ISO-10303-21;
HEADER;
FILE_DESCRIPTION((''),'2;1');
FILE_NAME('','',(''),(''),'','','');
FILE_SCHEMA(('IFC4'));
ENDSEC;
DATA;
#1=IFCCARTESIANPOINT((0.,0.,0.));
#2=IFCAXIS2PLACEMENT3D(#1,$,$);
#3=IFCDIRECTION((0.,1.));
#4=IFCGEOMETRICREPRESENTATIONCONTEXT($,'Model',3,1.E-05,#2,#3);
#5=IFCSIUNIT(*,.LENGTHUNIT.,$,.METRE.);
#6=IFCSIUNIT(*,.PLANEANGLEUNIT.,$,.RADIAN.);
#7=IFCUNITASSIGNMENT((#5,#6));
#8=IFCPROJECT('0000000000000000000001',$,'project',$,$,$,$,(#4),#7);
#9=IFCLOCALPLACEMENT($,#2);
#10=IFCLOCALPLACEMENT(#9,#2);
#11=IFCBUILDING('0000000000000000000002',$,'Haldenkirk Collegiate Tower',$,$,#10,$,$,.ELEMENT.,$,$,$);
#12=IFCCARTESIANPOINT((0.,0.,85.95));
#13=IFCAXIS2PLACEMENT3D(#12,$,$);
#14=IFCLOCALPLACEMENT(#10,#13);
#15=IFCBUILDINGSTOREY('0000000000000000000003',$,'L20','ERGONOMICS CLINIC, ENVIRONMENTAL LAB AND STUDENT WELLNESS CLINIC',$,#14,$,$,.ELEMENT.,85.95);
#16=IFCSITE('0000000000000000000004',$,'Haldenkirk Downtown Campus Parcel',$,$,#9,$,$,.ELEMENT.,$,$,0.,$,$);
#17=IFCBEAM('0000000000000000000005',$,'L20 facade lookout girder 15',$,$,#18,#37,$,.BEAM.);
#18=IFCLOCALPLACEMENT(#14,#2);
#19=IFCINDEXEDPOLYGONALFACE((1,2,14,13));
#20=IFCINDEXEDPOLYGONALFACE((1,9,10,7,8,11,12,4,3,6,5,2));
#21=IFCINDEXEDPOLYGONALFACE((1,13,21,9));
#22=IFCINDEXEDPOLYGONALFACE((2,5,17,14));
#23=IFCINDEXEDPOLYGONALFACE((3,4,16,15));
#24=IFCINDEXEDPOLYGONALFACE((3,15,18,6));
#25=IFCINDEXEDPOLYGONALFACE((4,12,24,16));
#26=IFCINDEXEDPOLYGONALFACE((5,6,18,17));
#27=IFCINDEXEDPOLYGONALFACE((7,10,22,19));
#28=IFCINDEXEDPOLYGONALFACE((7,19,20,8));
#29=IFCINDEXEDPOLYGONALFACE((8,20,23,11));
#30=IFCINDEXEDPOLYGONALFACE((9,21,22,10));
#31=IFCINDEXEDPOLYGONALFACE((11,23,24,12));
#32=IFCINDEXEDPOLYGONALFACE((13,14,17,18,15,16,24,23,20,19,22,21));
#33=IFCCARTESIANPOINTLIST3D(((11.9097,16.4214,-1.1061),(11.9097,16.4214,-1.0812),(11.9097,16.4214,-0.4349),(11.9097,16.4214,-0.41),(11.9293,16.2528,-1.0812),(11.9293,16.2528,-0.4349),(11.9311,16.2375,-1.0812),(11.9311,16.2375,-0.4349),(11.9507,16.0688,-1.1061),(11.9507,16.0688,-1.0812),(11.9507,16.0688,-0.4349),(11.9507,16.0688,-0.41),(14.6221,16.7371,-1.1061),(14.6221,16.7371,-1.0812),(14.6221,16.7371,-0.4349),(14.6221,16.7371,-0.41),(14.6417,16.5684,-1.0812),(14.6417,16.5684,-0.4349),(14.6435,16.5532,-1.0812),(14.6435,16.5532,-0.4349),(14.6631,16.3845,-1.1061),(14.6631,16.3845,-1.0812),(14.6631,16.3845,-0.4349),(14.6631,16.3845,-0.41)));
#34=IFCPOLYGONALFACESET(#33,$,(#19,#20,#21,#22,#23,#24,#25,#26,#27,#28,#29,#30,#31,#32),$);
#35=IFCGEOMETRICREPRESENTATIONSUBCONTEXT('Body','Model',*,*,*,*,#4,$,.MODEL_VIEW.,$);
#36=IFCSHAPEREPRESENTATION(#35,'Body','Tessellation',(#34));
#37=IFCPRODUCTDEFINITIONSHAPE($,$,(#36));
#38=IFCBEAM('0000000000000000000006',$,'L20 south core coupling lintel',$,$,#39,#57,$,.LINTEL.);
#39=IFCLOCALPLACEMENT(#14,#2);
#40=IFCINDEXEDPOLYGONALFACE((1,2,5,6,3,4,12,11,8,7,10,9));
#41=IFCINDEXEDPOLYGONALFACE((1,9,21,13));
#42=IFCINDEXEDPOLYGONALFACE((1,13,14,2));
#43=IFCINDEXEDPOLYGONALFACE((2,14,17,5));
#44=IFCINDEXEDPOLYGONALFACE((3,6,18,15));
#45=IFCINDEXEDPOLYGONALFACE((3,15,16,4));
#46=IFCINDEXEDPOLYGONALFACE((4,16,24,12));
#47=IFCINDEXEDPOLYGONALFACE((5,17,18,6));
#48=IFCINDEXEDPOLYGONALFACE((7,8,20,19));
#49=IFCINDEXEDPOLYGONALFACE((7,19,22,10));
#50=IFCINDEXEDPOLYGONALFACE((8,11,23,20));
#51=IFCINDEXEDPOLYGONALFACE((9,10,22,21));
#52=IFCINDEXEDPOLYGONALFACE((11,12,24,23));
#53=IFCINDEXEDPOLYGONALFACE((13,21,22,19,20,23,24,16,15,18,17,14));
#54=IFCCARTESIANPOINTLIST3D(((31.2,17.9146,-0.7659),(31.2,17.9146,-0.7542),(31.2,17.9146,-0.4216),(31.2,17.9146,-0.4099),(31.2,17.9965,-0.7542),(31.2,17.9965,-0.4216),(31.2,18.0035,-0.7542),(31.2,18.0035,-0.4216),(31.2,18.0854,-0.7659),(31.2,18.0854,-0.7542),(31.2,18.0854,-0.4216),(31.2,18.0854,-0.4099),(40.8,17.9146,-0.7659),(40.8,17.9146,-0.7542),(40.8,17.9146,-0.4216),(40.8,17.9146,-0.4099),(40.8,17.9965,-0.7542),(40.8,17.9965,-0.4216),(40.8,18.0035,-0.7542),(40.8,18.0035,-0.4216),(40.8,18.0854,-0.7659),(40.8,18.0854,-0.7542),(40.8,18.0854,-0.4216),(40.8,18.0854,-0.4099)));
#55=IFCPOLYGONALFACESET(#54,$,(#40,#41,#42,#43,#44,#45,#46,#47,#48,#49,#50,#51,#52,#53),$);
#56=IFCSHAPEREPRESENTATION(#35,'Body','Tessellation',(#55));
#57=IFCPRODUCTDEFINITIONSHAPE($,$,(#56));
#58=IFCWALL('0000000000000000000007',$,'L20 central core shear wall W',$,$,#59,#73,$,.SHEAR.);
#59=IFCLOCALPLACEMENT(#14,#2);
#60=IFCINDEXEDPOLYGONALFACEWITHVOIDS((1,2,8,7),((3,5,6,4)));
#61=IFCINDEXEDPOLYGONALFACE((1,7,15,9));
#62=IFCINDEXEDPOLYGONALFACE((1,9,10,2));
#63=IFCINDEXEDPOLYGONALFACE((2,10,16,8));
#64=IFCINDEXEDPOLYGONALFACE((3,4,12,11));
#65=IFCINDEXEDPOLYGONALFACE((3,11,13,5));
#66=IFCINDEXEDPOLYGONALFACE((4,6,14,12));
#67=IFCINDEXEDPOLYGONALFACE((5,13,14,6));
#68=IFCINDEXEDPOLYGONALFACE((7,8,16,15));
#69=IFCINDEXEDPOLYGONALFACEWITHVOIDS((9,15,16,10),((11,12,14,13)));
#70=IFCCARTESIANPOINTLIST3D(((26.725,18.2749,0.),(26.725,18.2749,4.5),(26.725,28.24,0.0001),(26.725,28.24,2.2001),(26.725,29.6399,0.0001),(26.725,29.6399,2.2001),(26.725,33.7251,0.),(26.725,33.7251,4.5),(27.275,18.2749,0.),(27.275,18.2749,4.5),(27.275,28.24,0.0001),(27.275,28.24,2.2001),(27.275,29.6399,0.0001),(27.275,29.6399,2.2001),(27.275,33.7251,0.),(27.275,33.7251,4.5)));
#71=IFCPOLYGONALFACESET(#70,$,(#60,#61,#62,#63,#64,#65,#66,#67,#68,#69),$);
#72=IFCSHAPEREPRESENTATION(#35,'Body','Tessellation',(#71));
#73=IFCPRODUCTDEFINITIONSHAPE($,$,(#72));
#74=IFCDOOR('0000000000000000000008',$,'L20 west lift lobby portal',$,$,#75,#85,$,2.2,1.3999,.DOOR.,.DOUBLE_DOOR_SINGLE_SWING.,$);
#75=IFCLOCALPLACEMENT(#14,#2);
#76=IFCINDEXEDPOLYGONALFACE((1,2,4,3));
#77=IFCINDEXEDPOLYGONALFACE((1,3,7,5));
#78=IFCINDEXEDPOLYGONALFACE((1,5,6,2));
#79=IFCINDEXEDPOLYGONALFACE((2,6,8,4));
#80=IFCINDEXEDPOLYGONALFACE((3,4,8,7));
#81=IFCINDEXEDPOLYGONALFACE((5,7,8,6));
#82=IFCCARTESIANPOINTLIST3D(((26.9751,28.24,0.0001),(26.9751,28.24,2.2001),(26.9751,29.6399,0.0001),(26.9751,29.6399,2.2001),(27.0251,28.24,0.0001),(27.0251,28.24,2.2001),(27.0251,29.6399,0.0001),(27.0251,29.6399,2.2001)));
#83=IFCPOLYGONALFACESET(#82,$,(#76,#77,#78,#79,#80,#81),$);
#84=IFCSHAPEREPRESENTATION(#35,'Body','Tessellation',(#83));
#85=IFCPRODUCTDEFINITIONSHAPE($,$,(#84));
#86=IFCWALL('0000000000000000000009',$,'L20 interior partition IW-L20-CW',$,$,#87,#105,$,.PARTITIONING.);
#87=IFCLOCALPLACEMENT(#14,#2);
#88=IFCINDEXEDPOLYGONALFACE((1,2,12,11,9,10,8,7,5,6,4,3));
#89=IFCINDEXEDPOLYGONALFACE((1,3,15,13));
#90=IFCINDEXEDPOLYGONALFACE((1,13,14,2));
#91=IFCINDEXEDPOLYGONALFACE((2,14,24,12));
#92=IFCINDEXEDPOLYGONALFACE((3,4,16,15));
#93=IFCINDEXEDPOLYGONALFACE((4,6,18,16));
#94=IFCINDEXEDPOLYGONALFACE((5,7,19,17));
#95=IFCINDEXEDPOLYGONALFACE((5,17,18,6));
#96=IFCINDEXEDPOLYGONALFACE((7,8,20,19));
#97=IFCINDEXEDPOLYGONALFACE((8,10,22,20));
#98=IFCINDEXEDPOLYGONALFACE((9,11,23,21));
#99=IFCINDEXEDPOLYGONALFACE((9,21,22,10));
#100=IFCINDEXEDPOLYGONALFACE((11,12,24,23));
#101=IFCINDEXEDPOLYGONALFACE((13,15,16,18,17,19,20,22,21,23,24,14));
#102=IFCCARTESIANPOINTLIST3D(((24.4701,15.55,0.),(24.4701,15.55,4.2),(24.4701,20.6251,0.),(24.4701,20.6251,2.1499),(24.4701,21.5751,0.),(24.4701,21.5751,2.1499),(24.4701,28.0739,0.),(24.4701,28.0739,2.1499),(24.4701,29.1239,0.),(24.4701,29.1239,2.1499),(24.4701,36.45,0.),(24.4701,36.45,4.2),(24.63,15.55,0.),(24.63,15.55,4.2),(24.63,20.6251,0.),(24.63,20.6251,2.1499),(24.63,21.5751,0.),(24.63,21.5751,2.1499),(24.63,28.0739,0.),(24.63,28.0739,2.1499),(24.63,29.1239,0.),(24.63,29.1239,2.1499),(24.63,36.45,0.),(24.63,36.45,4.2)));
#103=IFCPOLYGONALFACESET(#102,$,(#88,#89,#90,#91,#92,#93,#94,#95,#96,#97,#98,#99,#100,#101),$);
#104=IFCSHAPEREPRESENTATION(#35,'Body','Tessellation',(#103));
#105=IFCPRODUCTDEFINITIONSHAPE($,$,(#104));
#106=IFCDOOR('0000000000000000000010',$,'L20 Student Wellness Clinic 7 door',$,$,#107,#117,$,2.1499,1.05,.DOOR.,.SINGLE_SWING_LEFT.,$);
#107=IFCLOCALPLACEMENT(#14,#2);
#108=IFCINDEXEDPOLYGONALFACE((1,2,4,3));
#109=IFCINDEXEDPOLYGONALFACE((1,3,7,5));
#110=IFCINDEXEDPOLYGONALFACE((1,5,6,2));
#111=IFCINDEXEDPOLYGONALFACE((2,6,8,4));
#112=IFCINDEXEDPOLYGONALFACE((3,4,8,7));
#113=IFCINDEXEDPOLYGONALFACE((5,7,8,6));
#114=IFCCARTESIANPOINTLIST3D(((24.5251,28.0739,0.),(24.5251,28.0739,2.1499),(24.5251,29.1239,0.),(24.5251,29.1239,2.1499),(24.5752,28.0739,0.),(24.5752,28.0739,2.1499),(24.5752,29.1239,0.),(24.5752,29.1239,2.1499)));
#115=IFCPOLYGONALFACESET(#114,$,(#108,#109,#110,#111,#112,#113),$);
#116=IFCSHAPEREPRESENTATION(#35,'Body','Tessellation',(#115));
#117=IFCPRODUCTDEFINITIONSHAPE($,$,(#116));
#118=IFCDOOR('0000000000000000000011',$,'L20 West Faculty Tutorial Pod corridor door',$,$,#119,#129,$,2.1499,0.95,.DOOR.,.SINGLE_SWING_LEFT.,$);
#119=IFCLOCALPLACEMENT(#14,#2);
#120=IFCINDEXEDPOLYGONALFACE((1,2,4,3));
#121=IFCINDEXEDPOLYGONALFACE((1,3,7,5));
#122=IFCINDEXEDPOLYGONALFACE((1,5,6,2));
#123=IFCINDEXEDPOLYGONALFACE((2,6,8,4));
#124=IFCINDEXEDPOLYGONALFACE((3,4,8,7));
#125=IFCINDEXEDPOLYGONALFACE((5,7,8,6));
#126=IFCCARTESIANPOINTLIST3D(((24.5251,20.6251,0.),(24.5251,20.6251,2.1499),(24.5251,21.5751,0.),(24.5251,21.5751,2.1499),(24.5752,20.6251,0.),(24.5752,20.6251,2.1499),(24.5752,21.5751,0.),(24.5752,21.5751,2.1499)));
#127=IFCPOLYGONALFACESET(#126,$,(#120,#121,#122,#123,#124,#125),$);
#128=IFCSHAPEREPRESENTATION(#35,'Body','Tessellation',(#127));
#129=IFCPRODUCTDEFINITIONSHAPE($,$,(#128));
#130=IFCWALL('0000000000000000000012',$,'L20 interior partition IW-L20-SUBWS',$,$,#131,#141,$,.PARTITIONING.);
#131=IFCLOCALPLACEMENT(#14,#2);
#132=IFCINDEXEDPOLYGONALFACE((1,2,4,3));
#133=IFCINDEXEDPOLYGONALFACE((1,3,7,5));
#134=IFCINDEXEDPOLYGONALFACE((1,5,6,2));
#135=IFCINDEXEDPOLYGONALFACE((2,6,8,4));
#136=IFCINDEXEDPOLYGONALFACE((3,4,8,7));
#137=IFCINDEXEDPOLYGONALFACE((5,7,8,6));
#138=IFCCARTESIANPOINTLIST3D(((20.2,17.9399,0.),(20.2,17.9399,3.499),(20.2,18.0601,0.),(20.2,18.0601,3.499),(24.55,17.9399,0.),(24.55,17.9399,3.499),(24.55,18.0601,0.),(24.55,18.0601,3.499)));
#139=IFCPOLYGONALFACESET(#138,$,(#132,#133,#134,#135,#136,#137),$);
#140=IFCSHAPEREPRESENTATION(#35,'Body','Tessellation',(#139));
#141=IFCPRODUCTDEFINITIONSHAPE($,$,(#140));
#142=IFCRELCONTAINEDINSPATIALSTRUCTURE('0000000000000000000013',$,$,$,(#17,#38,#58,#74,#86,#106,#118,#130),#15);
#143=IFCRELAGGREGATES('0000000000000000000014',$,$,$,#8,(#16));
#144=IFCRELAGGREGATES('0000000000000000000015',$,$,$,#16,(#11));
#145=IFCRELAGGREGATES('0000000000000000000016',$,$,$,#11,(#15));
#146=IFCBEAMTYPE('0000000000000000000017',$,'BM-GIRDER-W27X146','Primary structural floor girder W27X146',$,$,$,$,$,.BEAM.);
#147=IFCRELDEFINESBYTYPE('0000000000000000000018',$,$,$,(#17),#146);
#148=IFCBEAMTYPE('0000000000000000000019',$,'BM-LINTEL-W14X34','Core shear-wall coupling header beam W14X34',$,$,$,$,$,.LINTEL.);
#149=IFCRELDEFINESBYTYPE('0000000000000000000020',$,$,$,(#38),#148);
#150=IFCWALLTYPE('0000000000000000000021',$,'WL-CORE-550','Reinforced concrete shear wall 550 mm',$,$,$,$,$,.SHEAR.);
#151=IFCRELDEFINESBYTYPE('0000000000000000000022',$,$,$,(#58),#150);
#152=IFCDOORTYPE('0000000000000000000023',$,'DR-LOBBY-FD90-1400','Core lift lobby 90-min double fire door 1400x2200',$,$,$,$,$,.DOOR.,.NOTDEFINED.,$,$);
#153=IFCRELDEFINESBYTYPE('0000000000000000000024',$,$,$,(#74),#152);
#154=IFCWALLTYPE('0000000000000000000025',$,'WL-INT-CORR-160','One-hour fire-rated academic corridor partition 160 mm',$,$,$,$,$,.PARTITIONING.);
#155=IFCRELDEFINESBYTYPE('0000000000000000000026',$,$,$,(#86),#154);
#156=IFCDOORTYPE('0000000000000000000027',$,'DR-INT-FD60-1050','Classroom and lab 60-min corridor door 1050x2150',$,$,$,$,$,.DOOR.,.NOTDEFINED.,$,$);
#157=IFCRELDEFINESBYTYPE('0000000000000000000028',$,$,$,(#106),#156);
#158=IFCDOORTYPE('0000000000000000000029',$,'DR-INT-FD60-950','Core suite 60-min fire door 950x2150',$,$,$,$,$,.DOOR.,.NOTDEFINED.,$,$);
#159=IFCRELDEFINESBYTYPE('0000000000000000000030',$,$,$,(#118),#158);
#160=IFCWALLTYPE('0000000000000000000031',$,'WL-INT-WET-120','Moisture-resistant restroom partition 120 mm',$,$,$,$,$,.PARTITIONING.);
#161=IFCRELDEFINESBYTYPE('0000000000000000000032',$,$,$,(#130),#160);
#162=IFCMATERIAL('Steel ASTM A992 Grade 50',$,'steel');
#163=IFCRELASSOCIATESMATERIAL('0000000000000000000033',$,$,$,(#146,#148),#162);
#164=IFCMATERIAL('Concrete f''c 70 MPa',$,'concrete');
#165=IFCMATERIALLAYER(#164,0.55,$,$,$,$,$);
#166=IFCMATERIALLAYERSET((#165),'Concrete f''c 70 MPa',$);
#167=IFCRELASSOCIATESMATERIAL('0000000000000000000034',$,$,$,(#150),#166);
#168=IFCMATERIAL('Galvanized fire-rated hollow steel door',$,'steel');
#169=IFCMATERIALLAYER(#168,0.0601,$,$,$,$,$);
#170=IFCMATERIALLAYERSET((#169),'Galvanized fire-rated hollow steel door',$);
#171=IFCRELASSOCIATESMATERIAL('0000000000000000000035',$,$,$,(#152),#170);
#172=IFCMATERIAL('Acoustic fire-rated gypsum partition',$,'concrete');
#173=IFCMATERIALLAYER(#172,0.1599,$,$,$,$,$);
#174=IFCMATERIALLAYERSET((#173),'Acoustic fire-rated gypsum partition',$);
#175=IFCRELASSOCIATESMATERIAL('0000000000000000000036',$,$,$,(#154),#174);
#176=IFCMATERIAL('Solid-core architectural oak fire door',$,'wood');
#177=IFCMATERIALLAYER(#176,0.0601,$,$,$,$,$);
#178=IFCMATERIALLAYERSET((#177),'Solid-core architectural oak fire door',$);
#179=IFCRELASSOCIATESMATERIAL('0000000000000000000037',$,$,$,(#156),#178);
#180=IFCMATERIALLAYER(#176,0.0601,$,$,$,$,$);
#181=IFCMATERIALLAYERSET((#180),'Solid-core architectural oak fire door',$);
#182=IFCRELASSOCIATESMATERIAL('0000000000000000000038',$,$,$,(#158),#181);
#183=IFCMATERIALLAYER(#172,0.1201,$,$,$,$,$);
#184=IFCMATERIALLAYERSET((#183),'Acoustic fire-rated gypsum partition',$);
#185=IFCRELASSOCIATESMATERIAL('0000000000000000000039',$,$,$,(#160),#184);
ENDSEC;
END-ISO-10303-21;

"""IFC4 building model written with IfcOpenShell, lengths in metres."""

from ifc_helpers import new_model, si_unit, direction, frame, frame_2d, origin, origin_2d, place, context, subcontext, project, spatial, rectangle, i_section, extrude, material, layer, layer_set, material_profile, profile_set, type_object, element, fill, save


model = new_model("IFC4")

# Units and contexts
model_context = context("Model", 3, precision=1e-05, world=origin(), true_north=direction((0.0, 1.0)))
body_context = subcontext(model_context, "Body", "Model", "MODEL_VIEW")
ifc_project = project(units=[si_unit("LENGTHUNIT", "METRE"), si_unit("PLANEANGLEUNIT", "RADIAN")], contexts=[model_context])

# Site, building, storey
site_placement = place(None, origin())
site = spatial("IfcSite", under=ifc_project, at=site_placement, Name="Haldenkirk Downtown Campus Parcel", CompositionType="ELEMENT", RefElevation=0.0)
building_placement = place(site_placement, origin())
building = spatial("IfcBuilding", under=site, at=building_placement, Name="Haldenkirk Collegiate Tower", CompositionType="ELEMENT")
storey_placement = place(building_placement, frame((0.0, 0.0, 85.95)))
storey = spatial("IfcBuildingStorey", under=building, at=storey_placement, Name="L20", Description="ERGONOMICS CLINIC, ENVIRONMENTAL LAB AND STUDENT WELLNESS CLINIC", CompositionType="ELEMENT", Elevation=85.95)

# Beams
ifc_material_1 = material(Name="Steel ASTM A992 Grade 50", Category="steel")
ifc_material_profile_1 = material_profile(ifc_material_1, i_section(OverallWidth=0.355, OverallDepth=0.696, WebThickness=0.0154, FlangeThickness=0.0249, at=origin_2d()), Name="W27X146")
ifc_profile_set_1 = profile_set([ifc_material_profile_1], Name="Steel ASTM A992 Grade 50")
beam_type_1 = type_object("IfcBeamType", Name="BM-GIRDER-W27X146", Description="Primary structural floor girder W27X146", PredefinedType="BEAM", material=ifc_profile_set_1)
beam_1_placement = place(storey_placement, frame((14.6426, 16.5608, -0.7581), z_axis=(-0.993296, -0.115601, 0.0), x_axis=(0.115601, -0.993296, 0.0)))
element("IfcBeam", 1, at=beam_1_placement, inside=storey, type_object=beam_type_1, Name="L20 facade lookout girder 15", PredefinedType="BEAM", context=body_context, shape_type="SweptSolid", body=[
    extrude(i_section(OverallWidth=0.355, OverallDepth=0.696, WebThickness=0.0154, FlangeThickness=0.0249, at=origin_2d()), origin(), (0.0, 0.0, 1.0), 2.7307),
])
ifc_material_profile_2 = material_profile(ifc_material_1, i_section(OverallWidth=0.1709, OverallDepth=0.356, WebThickness=0.0071, FlangeThickness=0.0117, at=origin_2d()), Name="W14X34")
ifc_profile_set_2 = profile_set([ifc_material_profile_2], Name="Steel ASTM A992 Grade 50")
beam_type_2 = type_object("IfcBeamType", Name="BM-LINTEL-W14X34", Description="Core shear-wall coupling header beam W14X34", PredefinedType="LINTEL", material=ifc_profile_set_2)
beam_2_placement = place(storey_placement, frame((31.2, 18.0, -0.5879), z_axis=(1.0, 0.0, 0.0), x_axis=(0.0, 1.0, 0.0)))
element("IfcBeam", 2, at=beam_2_placement, inside=storey, type_object=beam_type_2, Name="L20 south core coupling lintel", PredefinedType="LINTEL", context=body_context, shape_type="SweptSolid", body=[
    extrude(i_section(OverallWidth=0.1709, OverallDepth=0.356, WebThickness=0.0071, FlangeThickness=0.0117, at=origin_2d()), origin(), (0.0, 0.0, 1.0), 9.6001),
])

# Shared definitions
ifc_material_2 = material(Name="Concrete f'c 70 MPa", Category="concrete")
ifc_layer_1 = layer(ifc_material_2, 0.55)
ifc_layer_set_1 = layer_set([ifc_layer_1], Name="Concrete f'c 70 MPa")
wall_type_1 = type_object("IfcWallType", Name="WL-CORE-550", Description="Reinforced concrete shear wall 550 mm", PredefinedType="SHEAR", material=ifc_layer_set_1)
ifc_material_3 = material(Name="Galvanized fire-rated hollow steel door", Category="steel")

# Wall, opening, door
wall_1_placement = place(storey_placement, frame((27.0, 18.2749, 0.0), z_axis=(0.0, 0.0, 1.0), x_axis=(0.0, 1.0, 0.0)))
wall_1 = element("IfcWall", 3, at=wall_1_placement, inside=storey, type_object=wall_type_1, Name="L20 central core shear wall W", PredefinedType="SHEAR", context=body_context, shape_type="SweptSolid", body=[
    extrude(rectangle(XDim=15.4502, YDim=0.55, at=frame_2d((7.7251, 0.0))), origin(), (0.0, 0.0, 1.0), 4.5),
])
opening_1_placement = place(wall_1_placement, frame((9.9651, 0.0, 0.0)))
opening_1 = element("IfcOpeningElement", 4, at=opening_1_placement, cuts=wall_1, PredefinedType="OPENING", context=body_context, shape_type="SweptSolid", body=[
    extrude(rectangle(XDim=1.3999, YDim=2.2, at=frame_2d((0.7, 1.1001))), frame((0.0, 0.2849, 0.0), z_axis=(0.0, -1.0, 0.0), x_axis=(1.0, 0.0, 0.0)), (0.0, 0.0, 1.0), 0.5701),
])
ifc_layer_2 = layer(ifc_material_3, 0.0601)
ifc_layer_set_2 = layer_set([ifc_layer_2], Name="Galvanized fire-rated hollow steel door")
door_type_1 = type_object("IfcDoorType", Name="DR-LOBBY-FD90-1400", Description="Core lift lobby 90-min double fire door 1400x2200", OperationType="NOTDEFINED", PredefinedType="DOOR", material=ifc_layer_set_2)
door_1_placement = place(opening_1_placement, origin())
door_1 = element("IfcDoor", 5, at=door_1_placement, inside=storey, type_object=door_type_1, Name="L20 west lift lobby portal", OperationType="DOUBLE_DOOR_SINGLE_SWING", OverallHeight=2.2, OverallWidth=1.3999, PredefinedType="DOOR", context=body_context, shape_type="SweptSolid", body=[
    extrude(rectangle(XDim=1.3999, YDim=2.2, at=frame_2d((0.7, 1.1001))), frame((0.0, 0.0249, 0.0), z_axis=(0.0, -1.0, 0.0), x_axis=(1.0, 0.0, 0.0)), (0.0, 0.0, 1.0), 0.05),
])
fill(opening_1, door_1)

# Wall, openings, doors
ifc_material_4 = material(Name="Acoustic fire-rated gypsum partition", Category="concrete")
ifc_layer_3 = layer(ifc_material_4, 0.1599)
ifc_layer_set_3 = layer_set([ifc_layer_3], Name="Acoustic fire-rated gypsum partition")
wall_type_2 = type_object("IfcWallType", Name="WL-INT-CORR-160", Description="One-hour fire-rated academic corridor partition 160 mm", PredefinedType="PARTITIONING", material=ifc_layer_set_3)
wall_2_placement = place(storey_placement, frame((24.55, 15.55, 0.0), z_axis=(0.0, 0.0, 1.0), x_axis=(0.0, 1.0, 0.0)))
wall_2 = element("IfcWall", 6, at=wall_2_placement, inside=storey, type_object=wall_type_2, Name="L20 interior partition IW-L20-CW", PredefinedType="PARTITIONING", context=body_context, shape_type="SweptSolid", body=[
    extrude(rectangle(XDim=20.8999, YDim=0.1599, at=frame_2d((10.45, 0.0))), origin(), (0.0, 0.0, 1.0), 4.2),
])
opening_2_placement = place(wall_2_placement, frame((5.075, 0.0, 0.0)))
opening_2 = element("IfcOpeningElement", 7, at=opening_2_placement, cuts=wall_2, PredefinedType="OPENING", context=body_context, shape_type="SweptSolid", body=[
    extrude(rectangle(XDim=0.95, YDim=2.1499, at=frame_2d((0.4751, 1.075))), frame((0.0, 0.0898, 0.0), z_axis=(0.0, -1.0, 0.0), x_axis=(1.0, 0.0, 0.0)), (0.0, 0.0, 1.0), 0.1799),
])
opening_3_placement = place(wall_2_placement, frame((12.5239, 0.0, 0.0)))
opening_3 = element("IfcOpeningElement", 8, at=opening_3_placement, cuts=wall_2, PredefinedType="OPENING", context=body_context, shape_type="SweptSolid", body=[
    extrude(rectangle(XDim=1.05, YDim=2.1499, at=frame_2d((0.5249, 1.075))), frame((0.0, 0.0898, 0.0), z_axis=(0.0, -1.0, 0.0), x_axis=(1.0, 0.0, 0.0)), (0.0, 0.0, 1.0), 0.1799),
])
ifc_material_5 = material(Name="Solid-core architectural oak fire door", Category="wood")
ifc_layer_4 = layer(ifc_material_5, 0.0601)
ifc_layer_set_4 = layer_set([ifc_layer_4], Name="Solid-core architectural oak fire door")
door_type_2 = type_object("IfcDoorType", Name="DR-INT-FD60-1050", Description="Classroom and lab 60-min corridor door 1050x2150", OperationType="NOTDEFINED", PredefinedType="DOOR", material=ifc_layer_set_4)
door_2_placement = place(opening_3_placement, origin())
door_2 = element("IfcDoor", 9, at=door_2_placement, inside=storey, type_object=door_type_2, Name="L20 Student Wellness Clinic 7 door", OperationType="SINGLE_SWING_LEFT", OverallHeight=2.1499, OverallWidth=1.05, PredefinedType="DOOR", context=body_context, shape_type="SweptSolid", body=[
    extrude(rectangle(XDim=1.05, YDim=2.1499, at=frame_2d((0.5249, 1.075))), frame((0.0, 0.0249, 0.0), z_axis=(0.0, -1.0, 0.0), x_axis=(1.0, 0.0, 0.0)), (0.0, 0.0, 1.0), 0.05),
])
fill(opening_3, door_2)
ifc_layer_5 = layer(ifc_material_5, 0.0601)
ifc_layer_set_5 = layer_set([ifc_layer_5], Name="Solid-core architectural oak fire door")
door_type_3 = type_object("IfcDoorType", Name="DR-INT-FD60-950", Description="Core suite 60-min fire door 950x2150", OperationType="NOTDEFINED", PredefinedType="DOOR", material=ifc_layer_set_5)
door_3_placement = place(opening_2_placement, origin())
door_3 = element("IfcDoor", 10, at=door_3_placement, inside=storey, type_object=door_type_3, Name="L20 West Faculty Tutorial Pod corridor door", OperationType="SINGLE_SWING_LEFT", OverallHeight=2.1499, OverallWidth=0.95, PredefinedType="DOOR", context=body_context, shape_type="SweptSolid", body=[
    extrude(rectangle(XDim=0.95, YDim=2.1499, at=frame_2d((0.4751, 1.075))), frame((0.0, 0.0249, 0.0), z_axis=(0.0, -1.0, 0.0), x_axis=(1.0, 0.0, 0.0)), (0.0, 0.0, 1.0), 0.05),
])
fill(opening_2, door_3)

# Wall
ifc_layer_6 = layer(ifc_material_4, 0.1201)
ifc_layer_set_6 = layer_set([ifc_layer_6], Name="Acoustic fire-rated gypsum partition")
wall_type_3 = type_object("IfcWallType", Name="WL-INT-WET-120", Description="Moisture-resistant restroom partition 120 mm", PredefinedType="PARTITIONING", material=ifc_layer_set_6)
wall_3_placement = place(storey_placement, frame((20.2, 18.0, 0.0), z_axis=(0.0, 0.0, 1.0), x_axis=(1.0, 0.0, 0.0)))
element("IfcWall", 11, at=wall_3_placement, inside=storey, type_object=wall_type_3, Name="L20 interior partition IW-L20-SUBWS", PredefinedType="PARTITIONING", context=body_context, shape_type="SweptSolid", body=[
    extrude(rectangle(XDim=4.3501, YDim=0.1201, at=frame_2d((2.175, 0.0))), origin(), (0.0, 0.0, 1.0), 3.499),
])

save(model, "model.ifc")
